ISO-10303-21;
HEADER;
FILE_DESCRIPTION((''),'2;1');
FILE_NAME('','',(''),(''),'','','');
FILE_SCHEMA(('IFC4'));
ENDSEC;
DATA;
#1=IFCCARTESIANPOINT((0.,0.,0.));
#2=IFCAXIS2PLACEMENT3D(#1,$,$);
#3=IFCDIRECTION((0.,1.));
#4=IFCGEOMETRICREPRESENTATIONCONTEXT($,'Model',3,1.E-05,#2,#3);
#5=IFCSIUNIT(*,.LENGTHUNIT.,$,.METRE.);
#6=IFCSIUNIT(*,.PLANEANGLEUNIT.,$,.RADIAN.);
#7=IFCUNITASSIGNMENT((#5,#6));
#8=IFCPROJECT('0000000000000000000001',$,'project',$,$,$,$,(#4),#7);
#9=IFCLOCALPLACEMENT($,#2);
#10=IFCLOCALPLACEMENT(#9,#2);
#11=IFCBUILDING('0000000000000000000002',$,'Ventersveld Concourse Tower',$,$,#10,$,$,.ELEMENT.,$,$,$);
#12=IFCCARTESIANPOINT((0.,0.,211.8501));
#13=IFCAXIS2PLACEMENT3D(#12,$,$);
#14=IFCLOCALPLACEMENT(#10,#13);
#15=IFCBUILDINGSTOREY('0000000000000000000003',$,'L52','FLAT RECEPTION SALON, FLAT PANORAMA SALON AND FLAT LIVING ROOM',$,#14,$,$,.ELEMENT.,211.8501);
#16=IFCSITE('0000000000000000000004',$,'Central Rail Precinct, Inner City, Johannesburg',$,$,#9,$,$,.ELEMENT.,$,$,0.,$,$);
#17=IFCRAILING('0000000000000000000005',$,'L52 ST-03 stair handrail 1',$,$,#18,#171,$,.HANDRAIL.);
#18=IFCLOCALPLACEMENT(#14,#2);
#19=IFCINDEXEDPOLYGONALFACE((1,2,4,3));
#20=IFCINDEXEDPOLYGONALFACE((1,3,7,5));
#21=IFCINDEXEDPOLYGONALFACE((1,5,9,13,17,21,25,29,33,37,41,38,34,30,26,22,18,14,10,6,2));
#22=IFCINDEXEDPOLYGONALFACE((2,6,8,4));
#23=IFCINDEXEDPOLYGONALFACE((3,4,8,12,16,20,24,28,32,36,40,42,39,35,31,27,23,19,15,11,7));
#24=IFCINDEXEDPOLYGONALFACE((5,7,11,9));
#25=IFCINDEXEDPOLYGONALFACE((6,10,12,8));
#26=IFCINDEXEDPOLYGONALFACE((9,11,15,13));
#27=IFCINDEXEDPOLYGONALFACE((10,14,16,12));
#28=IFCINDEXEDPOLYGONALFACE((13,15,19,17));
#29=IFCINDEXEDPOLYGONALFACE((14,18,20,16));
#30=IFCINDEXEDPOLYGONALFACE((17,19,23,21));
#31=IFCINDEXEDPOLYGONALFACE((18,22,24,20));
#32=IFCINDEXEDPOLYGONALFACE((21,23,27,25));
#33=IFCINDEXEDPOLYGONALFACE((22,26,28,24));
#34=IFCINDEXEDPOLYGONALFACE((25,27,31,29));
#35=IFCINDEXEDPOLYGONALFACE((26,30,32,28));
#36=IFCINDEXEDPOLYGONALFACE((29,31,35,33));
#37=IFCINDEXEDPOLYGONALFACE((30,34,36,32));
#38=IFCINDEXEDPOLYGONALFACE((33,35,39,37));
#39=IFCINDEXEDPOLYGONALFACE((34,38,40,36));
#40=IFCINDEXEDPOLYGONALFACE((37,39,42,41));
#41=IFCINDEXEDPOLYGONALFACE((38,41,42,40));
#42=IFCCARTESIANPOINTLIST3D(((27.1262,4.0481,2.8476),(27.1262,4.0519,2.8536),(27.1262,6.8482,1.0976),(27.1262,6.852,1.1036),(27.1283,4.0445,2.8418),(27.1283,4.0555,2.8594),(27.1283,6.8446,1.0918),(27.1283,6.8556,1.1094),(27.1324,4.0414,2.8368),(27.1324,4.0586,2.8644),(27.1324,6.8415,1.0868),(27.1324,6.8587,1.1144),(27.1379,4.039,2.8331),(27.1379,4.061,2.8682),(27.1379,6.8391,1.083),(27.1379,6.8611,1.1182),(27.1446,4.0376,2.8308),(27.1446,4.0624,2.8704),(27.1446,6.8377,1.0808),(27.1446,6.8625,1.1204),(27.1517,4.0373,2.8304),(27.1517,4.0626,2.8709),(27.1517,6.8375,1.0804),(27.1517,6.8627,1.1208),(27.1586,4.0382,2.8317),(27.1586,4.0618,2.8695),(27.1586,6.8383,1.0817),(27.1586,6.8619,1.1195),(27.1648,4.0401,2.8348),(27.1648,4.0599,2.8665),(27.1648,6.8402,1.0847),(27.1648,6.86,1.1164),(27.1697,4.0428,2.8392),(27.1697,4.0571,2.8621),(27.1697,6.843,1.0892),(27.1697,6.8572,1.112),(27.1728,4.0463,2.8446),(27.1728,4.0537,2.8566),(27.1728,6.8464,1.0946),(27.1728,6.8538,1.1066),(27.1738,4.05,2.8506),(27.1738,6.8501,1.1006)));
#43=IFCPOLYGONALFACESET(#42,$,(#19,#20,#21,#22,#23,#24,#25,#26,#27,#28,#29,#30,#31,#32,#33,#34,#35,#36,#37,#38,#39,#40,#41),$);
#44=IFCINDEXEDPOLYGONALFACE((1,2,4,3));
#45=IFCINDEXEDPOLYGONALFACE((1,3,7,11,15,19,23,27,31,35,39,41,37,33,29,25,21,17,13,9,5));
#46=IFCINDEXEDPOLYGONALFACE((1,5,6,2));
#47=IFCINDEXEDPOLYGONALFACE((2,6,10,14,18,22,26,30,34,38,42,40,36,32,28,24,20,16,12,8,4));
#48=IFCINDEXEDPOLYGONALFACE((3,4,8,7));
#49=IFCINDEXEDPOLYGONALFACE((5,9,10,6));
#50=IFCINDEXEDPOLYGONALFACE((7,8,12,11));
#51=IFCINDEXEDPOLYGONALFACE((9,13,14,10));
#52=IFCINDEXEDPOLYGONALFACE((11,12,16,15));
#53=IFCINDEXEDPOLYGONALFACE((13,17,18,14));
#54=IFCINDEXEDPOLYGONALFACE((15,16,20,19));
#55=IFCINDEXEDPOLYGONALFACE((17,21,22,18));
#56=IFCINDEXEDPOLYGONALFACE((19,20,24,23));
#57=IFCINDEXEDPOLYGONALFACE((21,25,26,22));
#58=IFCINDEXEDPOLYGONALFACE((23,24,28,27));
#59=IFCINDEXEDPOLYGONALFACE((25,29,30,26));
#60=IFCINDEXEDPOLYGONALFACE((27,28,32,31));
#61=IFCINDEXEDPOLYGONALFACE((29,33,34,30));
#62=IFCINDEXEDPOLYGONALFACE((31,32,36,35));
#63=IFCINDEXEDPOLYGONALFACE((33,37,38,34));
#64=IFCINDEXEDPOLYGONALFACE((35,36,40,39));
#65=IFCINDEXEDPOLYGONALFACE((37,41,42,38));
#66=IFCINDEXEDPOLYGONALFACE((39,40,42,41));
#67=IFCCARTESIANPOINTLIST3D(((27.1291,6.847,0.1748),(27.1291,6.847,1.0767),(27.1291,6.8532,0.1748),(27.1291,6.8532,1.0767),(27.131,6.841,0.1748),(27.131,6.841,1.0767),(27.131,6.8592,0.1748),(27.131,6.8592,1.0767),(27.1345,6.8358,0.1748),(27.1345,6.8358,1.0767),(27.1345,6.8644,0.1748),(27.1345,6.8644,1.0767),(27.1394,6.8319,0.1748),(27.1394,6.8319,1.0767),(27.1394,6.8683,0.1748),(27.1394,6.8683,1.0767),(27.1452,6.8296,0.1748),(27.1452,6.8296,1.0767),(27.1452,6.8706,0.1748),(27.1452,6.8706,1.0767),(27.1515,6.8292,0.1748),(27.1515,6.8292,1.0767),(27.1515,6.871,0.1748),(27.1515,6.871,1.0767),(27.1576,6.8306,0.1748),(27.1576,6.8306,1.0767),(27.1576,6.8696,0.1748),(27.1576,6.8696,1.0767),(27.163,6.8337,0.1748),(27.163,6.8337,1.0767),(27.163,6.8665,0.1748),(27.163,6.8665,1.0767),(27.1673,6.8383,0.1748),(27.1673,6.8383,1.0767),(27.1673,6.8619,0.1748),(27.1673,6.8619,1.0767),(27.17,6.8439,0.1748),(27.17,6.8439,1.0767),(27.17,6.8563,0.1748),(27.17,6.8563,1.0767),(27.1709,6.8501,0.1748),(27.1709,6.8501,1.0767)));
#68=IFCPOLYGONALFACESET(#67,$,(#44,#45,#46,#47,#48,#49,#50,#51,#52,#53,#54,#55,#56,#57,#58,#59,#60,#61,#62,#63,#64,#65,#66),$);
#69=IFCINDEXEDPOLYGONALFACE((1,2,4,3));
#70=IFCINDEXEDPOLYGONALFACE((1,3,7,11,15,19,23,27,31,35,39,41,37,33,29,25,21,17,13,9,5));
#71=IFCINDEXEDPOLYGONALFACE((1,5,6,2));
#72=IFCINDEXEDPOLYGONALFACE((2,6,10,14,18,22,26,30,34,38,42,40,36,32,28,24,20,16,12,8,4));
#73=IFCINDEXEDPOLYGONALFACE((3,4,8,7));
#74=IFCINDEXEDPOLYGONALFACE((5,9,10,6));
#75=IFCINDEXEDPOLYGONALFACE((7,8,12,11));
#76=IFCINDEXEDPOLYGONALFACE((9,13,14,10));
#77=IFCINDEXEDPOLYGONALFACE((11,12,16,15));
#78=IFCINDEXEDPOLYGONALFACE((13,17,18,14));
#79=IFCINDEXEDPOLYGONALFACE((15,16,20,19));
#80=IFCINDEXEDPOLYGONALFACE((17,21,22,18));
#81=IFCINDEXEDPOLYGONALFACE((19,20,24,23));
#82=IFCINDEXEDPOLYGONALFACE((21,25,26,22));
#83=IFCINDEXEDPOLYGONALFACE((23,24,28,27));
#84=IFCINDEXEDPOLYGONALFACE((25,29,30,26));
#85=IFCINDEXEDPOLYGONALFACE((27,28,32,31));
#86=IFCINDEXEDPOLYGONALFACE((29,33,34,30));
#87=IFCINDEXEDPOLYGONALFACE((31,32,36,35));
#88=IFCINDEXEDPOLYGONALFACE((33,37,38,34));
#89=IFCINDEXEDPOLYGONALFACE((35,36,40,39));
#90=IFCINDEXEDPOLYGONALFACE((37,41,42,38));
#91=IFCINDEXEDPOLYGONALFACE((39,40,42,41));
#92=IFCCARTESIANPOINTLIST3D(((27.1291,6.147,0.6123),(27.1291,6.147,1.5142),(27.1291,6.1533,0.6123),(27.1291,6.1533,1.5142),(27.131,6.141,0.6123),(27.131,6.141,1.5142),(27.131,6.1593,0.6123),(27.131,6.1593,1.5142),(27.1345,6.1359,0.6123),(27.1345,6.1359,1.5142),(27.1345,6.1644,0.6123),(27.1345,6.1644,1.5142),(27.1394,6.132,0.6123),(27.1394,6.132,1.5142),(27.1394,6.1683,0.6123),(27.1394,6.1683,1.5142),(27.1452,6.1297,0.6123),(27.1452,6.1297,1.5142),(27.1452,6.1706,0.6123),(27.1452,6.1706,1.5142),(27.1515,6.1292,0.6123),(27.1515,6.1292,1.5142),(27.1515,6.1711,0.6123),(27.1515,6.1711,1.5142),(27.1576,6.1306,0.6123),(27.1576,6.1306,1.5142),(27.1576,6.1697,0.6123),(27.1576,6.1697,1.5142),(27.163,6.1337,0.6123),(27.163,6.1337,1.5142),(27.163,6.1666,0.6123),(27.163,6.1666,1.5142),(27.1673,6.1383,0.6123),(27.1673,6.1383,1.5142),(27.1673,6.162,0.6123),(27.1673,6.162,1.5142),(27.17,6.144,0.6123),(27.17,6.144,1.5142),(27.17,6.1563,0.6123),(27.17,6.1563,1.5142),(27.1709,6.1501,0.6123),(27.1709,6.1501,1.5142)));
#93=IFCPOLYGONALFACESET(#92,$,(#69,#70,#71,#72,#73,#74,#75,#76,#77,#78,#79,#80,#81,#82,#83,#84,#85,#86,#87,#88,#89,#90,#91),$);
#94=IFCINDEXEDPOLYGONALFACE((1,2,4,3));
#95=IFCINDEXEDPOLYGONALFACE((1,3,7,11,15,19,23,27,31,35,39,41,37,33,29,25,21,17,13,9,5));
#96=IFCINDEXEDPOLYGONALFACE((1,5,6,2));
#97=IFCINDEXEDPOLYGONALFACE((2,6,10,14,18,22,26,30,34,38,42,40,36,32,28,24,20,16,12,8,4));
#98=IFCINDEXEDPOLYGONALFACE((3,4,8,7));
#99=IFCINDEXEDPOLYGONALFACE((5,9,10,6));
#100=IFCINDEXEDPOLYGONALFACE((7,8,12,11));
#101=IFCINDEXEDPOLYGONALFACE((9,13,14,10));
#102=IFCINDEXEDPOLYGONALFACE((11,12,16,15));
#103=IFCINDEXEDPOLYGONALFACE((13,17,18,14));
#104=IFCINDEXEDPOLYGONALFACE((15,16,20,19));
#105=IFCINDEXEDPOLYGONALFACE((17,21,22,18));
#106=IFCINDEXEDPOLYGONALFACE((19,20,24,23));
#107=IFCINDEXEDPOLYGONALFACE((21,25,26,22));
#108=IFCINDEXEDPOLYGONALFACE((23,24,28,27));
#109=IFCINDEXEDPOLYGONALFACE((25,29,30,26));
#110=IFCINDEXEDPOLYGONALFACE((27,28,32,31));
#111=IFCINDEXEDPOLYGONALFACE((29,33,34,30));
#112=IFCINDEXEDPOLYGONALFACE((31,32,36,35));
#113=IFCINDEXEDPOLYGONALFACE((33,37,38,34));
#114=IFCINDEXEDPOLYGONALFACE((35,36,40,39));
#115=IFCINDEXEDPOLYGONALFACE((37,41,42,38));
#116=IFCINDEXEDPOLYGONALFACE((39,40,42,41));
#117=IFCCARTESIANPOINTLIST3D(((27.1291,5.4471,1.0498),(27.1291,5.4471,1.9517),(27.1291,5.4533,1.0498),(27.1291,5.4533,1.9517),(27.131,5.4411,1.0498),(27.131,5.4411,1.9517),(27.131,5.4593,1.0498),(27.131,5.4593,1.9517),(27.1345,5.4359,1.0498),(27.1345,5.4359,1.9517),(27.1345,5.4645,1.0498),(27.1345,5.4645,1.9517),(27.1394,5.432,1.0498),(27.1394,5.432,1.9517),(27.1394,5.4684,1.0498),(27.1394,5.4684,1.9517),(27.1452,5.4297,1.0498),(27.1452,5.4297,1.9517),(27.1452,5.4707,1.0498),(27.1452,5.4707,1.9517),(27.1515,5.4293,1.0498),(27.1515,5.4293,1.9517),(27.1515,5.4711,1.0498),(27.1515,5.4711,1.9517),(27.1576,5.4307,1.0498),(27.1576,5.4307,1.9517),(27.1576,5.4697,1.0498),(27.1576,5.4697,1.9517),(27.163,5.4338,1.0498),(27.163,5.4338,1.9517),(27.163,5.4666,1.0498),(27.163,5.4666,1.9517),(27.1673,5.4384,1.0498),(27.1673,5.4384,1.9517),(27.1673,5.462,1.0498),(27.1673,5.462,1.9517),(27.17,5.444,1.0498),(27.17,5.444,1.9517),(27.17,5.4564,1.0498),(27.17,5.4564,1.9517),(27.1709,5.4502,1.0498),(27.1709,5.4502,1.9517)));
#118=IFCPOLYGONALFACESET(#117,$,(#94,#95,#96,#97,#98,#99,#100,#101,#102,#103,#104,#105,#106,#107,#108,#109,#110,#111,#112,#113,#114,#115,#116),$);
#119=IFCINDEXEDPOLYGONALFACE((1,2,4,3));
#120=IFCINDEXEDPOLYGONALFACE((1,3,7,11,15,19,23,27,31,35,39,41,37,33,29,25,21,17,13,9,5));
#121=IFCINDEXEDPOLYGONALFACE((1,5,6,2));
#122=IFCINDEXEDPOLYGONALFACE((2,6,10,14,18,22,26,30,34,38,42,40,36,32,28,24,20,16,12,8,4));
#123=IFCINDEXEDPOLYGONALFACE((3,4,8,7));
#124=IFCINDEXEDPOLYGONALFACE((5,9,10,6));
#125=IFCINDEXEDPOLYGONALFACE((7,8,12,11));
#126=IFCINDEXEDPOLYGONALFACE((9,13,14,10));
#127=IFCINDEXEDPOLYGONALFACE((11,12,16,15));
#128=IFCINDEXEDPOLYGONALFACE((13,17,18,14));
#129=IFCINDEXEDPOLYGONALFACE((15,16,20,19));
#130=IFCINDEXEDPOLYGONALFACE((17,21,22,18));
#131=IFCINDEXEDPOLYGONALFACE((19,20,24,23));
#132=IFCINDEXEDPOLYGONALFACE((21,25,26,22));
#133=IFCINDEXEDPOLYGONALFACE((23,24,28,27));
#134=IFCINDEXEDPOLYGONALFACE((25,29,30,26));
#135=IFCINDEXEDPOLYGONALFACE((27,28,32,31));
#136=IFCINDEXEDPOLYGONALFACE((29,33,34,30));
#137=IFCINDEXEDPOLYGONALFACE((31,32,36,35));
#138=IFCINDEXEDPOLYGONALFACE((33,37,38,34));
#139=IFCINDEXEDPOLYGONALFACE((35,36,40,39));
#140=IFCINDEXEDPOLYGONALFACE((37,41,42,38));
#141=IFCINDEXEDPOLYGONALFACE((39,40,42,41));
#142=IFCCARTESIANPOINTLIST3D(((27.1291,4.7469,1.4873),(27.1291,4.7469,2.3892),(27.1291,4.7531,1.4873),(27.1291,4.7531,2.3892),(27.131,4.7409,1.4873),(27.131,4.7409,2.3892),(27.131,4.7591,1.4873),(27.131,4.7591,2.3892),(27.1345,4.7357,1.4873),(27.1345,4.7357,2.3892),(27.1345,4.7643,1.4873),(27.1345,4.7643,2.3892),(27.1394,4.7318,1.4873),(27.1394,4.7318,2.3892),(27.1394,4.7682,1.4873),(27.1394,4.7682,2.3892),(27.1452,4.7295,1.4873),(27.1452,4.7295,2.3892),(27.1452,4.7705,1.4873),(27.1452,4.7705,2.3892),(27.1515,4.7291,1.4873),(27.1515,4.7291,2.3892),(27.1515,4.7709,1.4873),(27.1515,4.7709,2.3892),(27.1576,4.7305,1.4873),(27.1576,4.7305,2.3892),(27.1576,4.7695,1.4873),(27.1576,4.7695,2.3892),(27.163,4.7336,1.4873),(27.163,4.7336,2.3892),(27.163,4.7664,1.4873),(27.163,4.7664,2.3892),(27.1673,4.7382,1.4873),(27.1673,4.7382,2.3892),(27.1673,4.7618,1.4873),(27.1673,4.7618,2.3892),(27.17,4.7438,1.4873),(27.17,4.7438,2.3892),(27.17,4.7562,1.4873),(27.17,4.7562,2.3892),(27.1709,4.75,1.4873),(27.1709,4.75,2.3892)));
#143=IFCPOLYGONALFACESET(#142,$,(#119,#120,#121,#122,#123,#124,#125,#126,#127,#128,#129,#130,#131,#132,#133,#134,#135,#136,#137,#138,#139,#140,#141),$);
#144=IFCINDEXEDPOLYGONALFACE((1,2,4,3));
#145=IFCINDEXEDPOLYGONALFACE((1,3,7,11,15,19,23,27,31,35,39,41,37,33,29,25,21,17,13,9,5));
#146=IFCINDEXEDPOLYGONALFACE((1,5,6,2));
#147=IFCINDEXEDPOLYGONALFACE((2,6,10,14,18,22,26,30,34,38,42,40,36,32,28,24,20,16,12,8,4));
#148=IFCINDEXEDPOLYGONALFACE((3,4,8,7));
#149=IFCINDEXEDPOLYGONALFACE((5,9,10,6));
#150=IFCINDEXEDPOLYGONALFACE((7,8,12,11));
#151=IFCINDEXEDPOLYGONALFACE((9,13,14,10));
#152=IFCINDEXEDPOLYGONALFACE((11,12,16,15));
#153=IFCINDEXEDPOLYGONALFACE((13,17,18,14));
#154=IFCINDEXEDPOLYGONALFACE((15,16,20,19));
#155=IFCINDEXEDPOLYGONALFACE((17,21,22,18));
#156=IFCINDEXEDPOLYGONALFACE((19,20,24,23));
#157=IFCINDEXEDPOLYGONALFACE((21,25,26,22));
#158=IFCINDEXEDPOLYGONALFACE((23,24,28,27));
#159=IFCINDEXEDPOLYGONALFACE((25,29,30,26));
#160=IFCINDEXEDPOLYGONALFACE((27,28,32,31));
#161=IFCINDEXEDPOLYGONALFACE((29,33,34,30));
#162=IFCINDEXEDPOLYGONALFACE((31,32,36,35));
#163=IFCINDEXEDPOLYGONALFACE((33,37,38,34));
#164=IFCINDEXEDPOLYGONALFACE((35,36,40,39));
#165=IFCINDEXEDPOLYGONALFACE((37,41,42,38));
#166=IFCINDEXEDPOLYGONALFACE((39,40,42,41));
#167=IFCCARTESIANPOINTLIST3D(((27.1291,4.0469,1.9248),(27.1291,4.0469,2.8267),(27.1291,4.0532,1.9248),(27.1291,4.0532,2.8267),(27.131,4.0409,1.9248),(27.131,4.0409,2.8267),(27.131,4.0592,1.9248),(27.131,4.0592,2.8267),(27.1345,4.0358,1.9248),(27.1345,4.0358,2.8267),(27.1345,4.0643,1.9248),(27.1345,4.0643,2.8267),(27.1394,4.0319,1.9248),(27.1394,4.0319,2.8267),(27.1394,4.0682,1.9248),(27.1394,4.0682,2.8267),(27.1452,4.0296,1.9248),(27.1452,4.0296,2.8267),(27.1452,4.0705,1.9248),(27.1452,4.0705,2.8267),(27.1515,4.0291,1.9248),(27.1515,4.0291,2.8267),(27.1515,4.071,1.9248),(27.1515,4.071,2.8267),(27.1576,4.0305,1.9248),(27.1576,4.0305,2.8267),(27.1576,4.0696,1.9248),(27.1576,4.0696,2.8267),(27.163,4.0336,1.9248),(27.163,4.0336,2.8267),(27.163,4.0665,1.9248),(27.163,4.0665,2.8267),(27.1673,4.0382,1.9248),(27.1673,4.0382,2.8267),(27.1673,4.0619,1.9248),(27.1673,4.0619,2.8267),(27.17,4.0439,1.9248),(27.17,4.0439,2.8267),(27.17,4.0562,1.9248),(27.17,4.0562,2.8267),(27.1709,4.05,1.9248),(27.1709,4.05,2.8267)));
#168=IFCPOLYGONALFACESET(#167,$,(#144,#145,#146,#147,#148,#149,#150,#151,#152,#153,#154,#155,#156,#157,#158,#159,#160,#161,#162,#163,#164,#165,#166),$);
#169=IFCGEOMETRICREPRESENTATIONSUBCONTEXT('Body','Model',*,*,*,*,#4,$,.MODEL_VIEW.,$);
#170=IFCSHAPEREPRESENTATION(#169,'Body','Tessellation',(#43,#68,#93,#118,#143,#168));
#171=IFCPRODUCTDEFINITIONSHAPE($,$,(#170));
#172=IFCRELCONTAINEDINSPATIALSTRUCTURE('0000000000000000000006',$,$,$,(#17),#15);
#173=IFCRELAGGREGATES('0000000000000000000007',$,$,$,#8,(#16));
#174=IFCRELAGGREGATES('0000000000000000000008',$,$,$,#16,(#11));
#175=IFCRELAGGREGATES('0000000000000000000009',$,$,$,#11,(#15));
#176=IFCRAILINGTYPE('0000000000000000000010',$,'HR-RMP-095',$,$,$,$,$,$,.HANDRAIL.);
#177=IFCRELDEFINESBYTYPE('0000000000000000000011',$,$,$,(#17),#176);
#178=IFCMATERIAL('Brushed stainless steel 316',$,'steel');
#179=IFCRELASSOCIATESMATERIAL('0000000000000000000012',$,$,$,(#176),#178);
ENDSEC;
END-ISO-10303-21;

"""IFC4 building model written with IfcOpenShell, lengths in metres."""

from ifc_helpers import new_model, si_unit, direction, frame, origin, origin_2d, place, context, subcontext, project, spatial, circle, extrude, material, type_object, element, save


model = new_model("IFC4")

# Units and contexts
model_context = context("Model", 3, precision=1e-05, world=origin(), true_north=direction((0.0, 1.0)))
body_context = subcontext(model_context, "Body", "Model", "MODEL_VIEW")
ifc_project = project(units=[si_unit("LENGTHUNIT", "METRE"), si_unit("PLANEANGLEUNIT", "RADIAN")], contexts=[model_context])

# Site, building, storey
site_placement = place(None, origin())
site = spatial("IfcSite", under=ifc_project, at=site_placement, Name="Central Rail Precinct, Inner City, Johannesburg", CompositionType="ELEMENT", RefElevation=0.0)
building_placement = place(site_placement, origin())
building = spatial("IfcBuilding", under=site, at=building_placement, Name="Ventersveld Concourse Tower", CompositionType="ELEMENT")
storey_placement = place(building_placement, frame((0.0, 0.0, 211.8501)))
storey = spatial("IfcBuildingStorey", under=building, at=storey_placement, Name="L52", Description="FLAT RECEPTION SALON, FLAT PANORAMA SALON AND FLAT LIVING ROOM", CompositionType="ELEMENT", Elevation=211.8501)

# Railing
ifc_material_1 = material(Name="Brushed stainless steel 316", Category="steel")
railing_type_1 = type_object("IfcRailingType", Name="HR-RMP-095", PredefinedType="HANDRAIL", material=ifc_material_1)
railing_1_placement = place(storey_placement, frame((27.1499, 6.8501, 0.1748)))
element("IfcRailing", 1, at=railing_1_placement, inside=storey, type_object=railing_type_1, Name="L52 ST-03 stair handrail 1", PredefinedType="HANDRAIL", context=body_context, shape_type="SweptSolid", body=[
    extrude(circle(Radius=0.0239, at=origin_2d()), frame((0.0, 0.0, 0.9258), z_axis=(0.0, -0.848002, 0.529992), x_axis=(1.0, 0.0, 0.0)), (0.0, 0.0, 1.0), 3.302),
    extrude(circle(Radius=0.021, at=origin_2d()), origin(), (0.0, 0.0, 1.0), 0.9019),
    extrude(circle(Radius=0.021, at=origin_2d()), frame((0.0, -0.7, 0.4375)), (0.0, 0.0, 1.0), 0.9019),
    extrude(circle(Radius=0.021, at=origin_2d()), frame((0.0, -1.3999, 0.875)), (0.0, 0.0, 1.0), 0.9019),
    extrude(circle(Radius=0.021, at=origin_2d()), frame((0.0, -2.1001, 1.3125)), (0.0, 0.0, 1.0), 0.9019),
    extrude(circle(Radius=0.021, at=origin_2d()), frame((0.0, -2.8, 1.75)), (0.0, 0.0, 1.0), 0.9019),
])

save(model, "model.ifc")
